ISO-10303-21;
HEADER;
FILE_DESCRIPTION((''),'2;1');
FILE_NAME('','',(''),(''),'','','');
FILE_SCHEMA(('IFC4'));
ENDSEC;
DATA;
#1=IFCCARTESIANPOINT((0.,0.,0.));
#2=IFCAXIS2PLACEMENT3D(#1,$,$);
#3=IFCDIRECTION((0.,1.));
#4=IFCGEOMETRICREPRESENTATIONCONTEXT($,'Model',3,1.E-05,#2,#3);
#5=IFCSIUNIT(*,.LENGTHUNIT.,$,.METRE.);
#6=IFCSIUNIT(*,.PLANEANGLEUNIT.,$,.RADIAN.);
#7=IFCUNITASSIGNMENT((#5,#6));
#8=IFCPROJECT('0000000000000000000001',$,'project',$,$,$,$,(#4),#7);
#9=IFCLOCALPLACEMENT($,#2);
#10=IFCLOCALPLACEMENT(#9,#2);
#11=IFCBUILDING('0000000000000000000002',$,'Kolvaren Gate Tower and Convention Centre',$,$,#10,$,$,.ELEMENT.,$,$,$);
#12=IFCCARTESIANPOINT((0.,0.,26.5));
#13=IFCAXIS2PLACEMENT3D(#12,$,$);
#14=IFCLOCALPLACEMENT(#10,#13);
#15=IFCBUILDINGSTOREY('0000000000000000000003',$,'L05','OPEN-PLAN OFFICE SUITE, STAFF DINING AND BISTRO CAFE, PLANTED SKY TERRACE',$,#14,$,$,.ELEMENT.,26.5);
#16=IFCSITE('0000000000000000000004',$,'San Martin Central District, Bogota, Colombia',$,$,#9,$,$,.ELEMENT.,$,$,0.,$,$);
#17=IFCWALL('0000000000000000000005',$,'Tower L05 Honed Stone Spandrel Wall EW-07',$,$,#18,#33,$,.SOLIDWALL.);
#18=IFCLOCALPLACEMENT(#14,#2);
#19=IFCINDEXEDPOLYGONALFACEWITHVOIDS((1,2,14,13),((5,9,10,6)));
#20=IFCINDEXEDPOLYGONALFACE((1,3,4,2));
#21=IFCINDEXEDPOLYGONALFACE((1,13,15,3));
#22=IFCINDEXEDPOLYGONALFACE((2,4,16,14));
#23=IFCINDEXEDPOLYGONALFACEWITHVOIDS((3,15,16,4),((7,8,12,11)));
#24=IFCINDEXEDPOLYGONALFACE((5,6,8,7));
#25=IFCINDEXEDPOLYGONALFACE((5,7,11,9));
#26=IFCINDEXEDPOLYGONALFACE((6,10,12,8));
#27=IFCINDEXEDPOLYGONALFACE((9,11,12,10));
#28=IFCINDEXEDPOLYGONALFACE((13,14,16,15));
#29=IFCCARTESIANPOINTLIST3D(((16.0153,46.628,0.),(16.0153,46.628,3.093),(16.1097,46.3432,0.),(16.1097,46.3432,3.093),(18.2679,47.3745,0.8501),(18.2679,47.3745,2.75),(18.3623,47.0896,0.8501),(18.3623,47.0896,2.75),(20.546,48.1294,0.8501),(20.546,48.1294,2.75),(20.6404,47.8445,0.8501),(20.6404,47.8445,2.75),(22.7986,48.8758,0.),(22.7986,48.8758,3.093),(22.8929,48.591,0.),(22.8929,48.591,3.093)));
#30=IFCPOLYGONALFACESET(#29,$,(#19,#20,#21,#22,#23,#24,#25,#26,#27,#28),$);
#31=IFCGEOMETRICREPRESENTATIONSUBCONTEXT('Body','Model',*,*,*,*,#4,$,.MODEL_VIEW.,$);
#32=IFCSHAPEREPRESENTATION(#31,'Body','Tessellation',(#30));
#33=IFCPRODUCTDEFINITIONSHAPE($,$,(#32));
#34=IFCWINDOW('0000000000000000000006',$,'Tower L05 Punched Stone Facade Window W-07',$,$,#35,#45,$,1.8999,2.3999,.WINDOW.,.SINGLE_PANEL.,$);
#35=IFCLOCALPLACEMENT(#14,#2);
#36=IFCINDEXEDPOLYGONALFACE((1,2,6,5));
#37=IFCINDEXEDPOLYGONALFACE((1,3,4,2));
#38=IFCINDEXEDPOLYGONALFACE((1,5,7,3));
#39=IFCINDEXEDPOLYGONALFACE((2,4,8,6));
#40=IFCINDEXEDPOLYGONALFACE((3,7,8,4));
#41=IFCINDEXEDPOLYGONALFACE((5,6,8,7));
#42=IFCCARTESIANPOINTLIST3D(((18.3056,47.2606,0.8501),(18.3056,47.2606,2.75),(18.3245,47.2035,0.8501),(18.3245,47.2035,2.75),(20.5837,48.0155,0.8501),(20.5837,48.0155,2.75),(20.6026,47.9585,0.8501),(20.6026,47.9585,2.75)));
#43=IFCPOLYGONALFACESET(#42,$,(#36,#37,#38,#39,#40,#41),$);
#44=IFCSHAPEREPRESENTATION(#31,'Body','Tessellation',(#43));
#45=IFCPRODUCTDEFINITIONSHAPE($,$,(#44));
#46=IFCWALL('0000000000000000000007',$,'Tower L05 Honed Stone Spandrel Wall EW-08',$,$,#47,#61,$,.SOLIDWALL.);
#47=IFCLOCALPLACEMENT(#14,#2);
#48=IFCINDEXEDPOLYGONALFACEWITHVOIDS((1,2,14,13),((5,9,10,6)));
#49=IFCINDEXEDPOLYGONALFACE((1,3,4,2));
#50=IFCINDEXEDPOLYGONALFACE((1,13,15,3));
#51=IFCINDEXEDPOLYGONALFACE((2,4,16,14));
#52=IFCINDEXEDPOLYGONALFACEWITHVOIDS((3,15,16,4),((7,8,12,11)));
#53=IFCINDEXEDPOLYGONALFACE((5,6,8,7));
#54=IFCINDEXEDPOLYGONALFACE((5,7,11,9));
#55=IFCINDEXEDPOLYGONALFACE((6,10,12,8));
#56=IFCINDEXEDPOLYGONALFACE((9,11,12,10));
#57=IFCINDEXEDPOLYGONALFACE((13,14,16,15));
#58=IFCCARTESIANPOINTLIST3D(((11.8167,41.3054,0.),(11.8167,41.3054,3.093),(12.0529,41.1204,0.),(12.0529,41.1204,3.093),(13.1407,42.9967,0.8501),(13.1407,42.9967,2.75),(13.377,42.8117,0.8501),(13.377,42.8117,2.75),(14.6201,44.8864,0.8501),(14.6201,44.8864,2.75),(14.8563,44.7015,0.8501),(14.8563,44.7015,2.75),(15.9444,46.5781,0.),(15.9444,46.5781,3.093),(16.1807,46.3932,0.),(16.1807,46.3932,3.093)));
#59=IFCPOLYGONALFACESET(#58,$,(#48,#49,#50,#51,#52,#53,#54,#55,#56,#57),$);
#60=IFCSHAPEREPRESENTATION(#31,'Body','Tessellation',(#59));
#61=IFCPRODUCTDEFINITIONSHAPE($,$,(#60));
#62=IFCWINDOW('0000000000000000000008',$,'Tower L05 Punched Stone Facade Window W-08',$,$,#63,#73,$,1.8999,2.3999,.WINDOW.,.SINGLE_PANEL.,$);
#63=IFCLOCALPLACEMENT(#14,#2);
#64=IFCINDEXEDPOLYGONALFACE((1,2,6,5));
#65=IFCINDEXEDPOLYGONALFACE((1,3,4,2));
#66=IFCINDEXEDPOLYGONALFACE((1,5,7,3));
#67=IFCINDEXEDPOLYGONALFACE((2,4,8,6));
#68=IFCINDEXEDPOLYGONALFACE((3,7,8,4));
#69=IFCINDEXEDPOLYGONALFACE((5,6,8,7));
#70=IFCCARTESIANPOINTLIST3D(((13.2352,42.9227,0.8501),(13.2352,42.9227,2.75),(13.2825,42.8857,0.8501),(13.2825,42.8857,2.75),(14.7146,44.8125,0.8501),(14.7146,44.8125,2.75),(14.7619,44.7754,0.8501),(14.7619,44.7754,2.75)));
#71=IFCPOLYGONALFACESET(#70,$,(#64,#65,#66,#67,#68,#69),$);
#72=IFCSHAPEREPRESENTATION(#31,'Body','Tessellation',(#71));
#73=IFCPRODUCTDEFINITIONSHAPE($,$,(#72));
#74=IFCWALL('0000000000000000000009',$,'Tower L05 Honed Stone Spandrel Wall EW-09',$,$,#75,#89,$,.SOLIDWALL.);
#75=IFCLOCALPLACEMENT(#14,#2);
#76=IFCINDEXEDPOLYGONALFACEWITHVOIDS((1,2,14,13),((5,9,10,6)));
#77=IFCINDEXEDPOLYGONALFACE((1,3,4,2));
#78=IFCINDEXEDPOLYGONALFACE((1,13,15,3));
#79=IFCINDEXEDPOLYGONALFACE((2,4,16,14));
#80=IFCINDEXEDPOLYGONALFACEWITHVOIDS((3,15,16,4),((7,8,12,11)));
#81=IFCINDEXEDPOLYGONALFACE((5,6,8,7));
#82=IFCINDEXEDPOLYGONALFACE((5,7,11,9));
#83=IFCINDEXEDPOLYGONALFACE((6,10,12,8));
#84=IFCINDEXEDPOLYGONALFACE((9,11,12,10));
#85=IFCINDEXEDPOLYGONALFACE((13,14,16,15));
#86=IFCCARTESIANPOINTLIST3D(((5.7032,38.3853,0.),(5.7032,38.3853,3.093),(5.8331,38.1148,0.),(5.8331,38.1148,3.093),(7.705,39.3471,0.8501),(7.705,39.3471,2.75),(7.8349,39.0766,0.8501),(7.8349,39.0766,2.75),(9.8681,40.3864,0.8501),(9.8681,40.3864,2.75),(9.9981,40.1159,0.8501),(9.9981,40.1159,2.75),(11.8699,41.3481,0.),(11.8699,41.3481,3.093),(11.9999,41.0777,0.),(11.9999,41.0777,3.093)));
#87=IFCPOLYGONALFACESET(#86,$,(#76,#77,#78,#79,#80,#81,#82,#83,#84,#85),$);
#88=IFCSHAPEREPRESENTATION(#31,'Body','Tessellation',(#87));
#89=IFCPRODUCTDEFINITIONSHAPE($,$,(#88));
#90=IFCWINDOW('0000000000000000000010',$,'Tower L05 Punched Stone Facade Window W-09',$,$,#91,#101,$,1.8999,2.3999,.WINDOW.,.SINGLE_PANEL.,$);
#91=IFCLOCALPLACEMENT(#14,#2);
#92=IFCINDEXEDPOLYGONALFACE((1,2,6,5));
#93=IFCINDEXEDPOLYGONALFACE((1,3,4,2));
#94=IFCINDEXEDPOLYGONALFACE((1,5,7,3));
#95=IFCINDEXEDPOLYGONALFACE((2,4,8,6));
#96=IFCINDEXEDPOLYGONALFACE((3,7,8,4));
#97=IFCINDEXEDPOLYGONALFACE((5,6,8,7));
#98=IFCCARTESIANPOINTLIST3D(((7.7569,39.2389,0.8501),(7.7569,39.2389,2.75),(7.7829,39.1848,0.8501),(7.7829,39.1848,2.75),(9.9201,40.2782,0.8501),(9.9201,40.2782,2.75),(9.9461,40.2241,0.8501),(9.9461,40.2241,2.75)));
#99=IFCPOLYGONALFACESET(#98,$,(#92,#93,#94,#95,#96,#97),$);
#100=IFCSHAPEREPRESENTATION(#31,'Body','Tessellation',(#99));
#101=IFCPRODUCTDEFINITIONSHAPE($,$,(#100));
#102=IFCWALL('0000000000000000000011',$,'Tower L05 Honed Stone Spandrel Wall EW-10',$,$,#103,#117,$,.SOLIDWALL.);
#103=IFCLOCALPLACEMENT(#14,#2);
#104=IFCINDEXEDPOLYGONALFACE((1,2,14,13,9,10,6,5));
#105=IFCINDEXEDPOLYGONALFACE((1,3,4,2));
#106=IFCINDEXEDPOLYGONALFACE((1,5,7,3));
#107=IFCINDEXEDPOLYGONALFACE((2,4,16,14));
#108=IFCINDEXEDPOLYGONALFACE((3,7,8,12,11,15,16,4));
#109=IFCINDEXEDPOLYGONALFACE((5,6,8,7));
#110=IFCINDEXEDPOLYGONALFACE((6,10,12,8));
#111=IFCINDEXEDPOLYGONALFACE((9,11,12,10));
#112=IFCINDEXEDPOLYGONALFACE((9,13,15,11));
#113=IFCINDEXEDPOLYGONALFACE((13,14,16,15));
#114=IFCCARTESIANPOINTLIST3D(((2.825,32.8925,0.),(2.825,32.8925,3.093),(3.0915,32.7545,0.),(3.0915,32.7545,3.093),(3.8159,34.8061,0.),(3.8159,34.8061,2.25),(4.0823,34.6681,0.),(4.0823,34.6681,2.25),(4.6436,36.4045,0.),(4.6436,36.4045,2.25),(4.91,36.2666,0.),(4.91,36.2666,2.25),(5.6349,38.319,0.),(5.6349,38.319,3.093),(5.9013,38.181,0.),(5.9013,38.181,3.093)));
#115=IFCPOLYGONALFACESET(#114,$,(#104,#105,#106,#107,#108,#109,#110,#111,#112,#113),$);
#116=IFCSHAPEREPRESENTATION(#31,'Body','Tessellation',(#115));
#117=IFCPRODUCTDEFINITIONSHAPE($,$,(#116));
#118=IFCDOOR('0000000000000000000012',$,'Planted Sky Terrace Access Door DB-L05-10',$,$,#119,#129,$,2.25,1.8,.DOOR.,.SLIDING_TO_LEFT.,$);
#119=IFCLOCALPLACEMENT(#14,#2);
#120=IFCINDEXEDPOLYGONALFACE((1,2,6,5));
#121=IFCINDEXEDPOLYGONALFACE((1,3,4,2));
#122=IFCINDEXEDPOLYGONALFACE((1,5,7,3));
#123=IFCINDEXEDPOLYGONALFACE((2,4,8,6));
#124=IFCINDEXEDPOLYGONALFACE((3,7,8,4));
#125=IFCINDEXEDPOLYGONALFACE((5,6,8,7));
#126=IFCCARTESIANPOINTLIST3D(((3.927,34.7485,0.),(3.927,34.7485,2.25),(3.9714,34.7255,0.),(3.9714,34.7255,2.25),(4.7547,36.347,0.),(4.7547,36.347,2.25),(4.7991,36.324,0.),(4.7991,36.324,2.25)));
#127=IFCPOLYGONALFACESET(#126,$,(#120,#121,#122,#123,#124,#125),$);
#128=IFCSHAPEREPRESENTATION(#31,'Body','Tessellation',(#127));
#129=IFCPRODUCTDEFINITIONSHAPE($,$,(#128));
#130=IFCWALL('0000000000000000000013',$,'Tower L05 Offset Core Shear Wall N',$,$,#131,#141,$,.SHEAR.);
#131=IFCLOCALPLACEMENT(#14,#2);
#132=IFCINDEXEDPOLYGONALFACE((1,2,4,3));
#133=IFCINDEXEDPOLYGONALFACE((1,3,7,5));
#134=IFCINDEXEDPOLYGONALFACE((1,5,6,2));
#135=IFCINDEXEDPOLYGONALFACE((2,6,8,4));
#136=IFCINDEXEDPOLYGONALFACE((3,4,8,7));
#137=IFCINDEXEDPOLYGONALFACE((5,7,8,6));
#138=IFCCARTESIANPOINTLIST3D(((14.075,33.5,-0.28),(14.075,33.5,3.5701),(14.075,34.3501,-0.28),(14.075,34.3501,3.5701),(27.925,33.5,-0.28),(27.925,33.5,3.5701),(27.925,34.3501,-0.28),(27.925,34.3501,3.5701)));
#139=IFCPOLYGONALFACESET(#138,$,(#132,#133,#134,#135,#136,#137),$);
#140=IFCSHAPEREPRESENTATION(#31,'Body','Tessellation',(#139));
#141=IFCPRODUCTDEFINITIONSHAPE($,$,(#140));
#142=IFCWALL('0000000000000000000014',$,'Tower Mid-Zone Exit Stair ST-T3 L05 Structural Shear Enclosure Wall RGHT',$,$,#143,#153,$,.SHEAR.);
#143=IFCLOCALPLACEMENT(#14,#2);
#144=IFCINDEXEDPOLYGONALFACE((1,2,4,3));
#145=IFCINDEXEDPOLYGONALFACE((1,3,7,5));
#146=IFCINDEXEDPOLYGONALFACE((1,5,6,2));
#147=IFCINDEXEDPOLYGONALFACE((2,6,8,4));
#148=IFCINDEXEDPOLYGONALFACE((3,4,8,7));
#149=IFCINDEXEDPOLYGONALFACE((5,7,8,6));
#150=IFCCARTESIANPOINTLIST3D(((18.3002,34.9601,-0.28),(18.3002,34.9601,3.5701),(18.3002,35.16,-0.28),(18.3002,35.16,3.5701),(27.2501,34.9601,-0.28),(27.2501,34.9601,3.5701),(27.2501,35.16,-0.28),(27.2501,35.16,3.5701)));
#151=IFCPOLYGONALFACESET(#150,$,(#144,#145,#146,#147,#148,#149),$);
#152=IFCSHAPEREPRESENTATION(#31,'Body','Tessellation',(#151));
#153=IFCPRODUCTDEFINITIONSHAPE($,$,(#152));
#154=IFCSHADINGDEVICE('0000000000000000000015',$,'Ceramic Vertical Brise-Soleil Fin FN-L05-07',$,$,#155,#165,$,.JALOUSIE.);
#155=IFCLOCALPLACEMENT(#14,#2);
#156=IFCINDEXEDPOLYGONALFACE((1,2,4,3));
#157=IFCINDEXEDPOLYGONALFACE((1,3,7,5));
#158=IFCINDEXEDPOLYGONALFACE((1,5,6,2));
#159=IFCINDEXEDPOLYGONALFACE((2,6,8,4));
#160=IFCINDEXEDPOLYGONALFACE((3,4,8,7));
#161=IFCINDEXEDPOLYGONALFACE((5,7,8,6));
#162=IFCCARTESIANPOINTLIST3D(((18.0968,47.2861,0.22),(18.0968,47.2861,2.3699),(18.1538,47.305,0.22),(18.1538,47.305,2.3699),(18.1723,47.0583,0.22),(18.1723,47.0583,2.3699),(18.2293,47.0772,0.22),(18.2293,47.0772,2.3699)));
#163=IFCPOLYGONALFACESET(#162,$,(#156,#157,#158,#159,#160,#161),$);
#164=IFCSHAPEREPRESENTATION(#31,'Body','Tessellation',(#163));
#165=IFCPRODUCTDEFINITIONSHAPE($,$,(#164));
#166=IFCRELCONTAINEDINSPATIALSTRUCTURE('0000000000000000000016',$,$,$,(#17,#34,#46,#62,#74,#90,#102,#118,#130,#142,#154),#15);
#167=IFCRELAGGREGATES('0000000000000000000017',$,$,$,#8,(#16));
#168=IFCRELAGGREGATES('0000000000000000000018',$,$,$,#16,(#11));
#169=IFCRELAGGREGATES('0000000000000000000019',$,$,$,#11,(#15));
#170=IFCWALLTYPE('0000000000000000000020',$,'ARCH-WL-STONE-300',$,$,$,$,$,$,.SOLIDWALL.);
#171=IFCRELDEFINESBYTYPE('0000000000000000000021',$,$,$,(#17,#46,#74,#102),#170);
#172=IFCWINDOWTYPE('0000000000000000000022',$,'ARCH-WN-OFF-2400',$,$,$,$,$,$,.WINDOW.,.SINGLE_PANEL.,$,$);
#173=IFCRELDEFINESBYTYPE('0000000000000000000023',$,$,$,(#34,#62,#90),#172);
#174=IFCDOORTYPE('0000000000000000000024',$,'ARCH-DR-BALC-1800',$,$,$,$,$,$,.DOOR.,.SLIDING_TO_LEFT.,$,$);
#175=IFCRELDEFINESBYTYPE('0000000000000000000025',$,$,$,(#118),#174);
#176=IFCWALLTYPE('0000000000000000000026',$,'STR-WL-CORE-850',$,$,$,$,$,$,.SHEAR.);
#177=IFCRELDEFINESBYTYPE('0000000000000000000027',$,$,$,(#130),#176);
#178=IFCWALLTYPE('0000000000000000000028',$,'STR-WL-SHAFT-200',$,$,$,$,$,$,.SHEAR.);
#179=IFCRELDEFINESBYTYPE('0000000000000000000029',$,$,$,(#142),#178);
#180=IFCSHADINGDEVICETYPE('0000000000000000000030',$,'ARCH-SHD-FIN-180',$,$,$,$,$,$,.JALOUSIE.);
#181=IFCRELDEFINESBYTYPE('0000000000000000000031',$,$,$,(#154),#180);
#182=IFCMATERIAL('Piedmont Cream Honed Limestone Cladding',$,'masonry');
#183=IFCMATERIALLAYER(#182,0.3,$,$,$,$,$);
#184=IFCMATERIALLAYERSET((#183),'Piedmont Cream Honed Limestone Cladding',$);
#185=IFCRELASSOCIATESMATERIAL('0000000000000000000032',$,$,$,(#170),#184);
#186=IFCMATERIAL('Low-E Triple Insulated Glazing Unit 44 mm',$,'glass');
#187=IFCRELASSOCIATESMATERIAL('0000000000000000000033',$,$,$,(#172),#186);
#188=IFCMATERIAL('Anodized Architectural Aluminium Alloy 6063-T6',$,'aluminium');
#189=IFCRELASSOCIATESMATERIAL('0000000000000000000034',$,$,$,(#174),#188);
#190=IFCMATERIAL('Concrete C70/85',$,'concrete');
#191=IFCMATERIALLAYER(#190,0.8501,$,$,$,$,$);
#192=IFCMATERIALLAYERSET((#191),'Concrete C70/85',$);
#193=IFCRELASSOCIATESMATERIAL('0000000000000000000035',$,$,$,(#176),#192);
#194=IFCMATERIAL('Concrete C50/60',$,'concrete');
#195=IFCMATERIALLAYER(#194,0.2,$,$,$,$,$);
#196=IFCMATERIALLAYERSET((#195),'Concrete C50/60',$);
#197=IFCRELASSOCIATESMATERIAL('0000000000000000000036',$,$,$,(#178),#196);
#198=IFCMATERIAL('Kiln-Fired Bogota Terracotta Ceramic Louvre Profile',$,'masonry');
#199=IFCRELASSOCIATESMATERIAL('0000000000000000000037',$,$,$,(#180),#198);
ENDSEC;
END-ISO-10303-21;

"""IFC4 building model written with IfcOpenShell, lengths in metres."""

from ifc_helpers import new_model, si_unit, direction, frame, frame_2d, origin, origin_2d, place, context, subcontext, project, spatial, rectangle, extrude, material, layer, layer_set, type_object, element, fill, save


model = new_model("IFC4")

# Units and contexts
model_context = context("Model", 3, precision=1e-05, world=origin(), true_north=direction((0.0, 1.0)))
body_context = subcontext(model_context, "Body", "Model", "MODEL_VIEW")
ifc_project = project(units=[si_unit("LENGTHUNIT", "METRE"), si_unit("PLANEANGLEUNIT", "RADIAN")], contexts=[model_context])

# Site, building, storey
site_placement = place(None, origin())
site = spatial("IfcSite", under=ifc_project, at=site_placement, Name="San Martin Central District, Bogota, Colombia", CompositionType="ELEMENT", RefElevation=0.0)
building_placement = place(site_placement, origin())
building = spatial("IfcBuilding", under=site, at=building_placement, Name="Kolvaren Gate Tower and Convention Centre", CompositionType="ELEMENT")
storey_placement = place(building_placement, frame((0.0, 0.0, 26.5)))
storey = spatial("IfcBuildingStorey", under=building, at=storey_placement, Name="L05", Description="OPEN-PLAN OFFICE SUITE, STAFF DINING AND BISTRO CAFE, PLANTED SKY TERRACE", CompositionType="ELEMENT", Elevation=26.5)

# Shared definitions
ifc_material_1 = material(Name="Concrete C70/85", Category="concrete")

# Shared definitions
ifc_material_2 = material(Name="Piedmont Cream Honed Limestone Cladding", Category="masonry")

# Walls, openings, windows
ifc_layer_1 = layer(ifc_material_2, 0.3)
ifc_layer_set_1 = layer_set([ifc_layer_1], Name="Piedmont Cream Honed Limestone Cladding")
wall_type_1 = type_object("IfcWallType", Name="ARCH-WL-STONE-300", PredefinedType="SOLIDWALL", material=ifc_layer_set_1)
wall_1_placement = place(storey_placement, frame((16.0625, 46.4856, 0.0), z_axis=(0.0, 0.0, 1.0), x_axis=(0.949239, 0.314557, 0.0)))
wall_1 = element("IfcWall", 1, at=wall_1_placement, inside=storey, type_object=wall_type_1, Name="Tower L05 Honed Stone Spandrel Wall EW-07", PredefinedType="SOLIDWALL", context=body_context, shape_type="SweptSolid", body=[
    extrude(rectangle(XDim=7.146, YDim=0.3, at=frame_2d((3.573, 0.0))), origin(), (0.0, 0.0, 1.0), 3.093),
])
opening_1_placement = place(wall_1_placement, frame((2.373, 0.0, 0.8501)))
opening_1 = element("IfcOpeningElement", 2, at=opening_1_placement, cuts=wall_1, PredefinedType="OPENING", context=body_context, shape_type="SweptSolid", body=[
    extrude(rectangle(XDim=2.3999, YDim=1.8999, at=frame_2d((1.2, 0.95))), frame((0.0, 0.1599, 0.0), z_axis=(0.0, -1.0, 0.0), x_axis=(1.0, 0.0, 0.0)), (0.0, 0.0, 1.0), 0.3201),
])
ifc_material_3 = material(Name="Low-E Triple Insulated Glazing Unit 44 mm", Category="glass")
window_type = type_object("IfcWindowType", Name="ARCH-WN-OFF-2400", PartitioningType="SINGLE_PANEL", PredefinedType="WINDOW", material=ifc_material_3)
window_1_placement = place(opening_1_placement, origin())
window_1 = element("IfcWindow", 3, at=window_1_placement, inside=storey, type_object=window_type, Name="Tower L05 Punched Stone Facade Window W-07", OverallHeight=1.8999, OverallWidth=2.3999, PartitioningType="SINGLE_PANEL", PredefinedType="WINDOW", context=body_context, shape_type="SweptSolid", body=[
    extrude(rectangle(XDim=2.3999, YDim=1.8999, at=frame_2d((1.2, 0.95))), frame((0.0, 0.03, 0.0), z_axis=(0.0, -1.0, 0.0), x_axis=(1.0, 0.0, 0.0)), (0.0, 0.0, 1.0), 0.0601),
])
fill(opening_1, window_1)
wall_2_placement = place(storey_placement, frame((11.9348, 41.2129, 0.0), z_axis=(0.0, 0.0, 1.0), x_axis=(0.616421, 0.787417, 0.0)))
wall_2 = element("IfcWall", 4, at=wall_2_placement, inside=storey, type_object=wall_type_1, Name="Tower L05 Honed Stone Spandrel Wall EW-08", PredefinedType="SOLIDWALL", context=body_context, shape_type="SweptSolid", body=[
    extrude(rectangle(XDim=6.6963, YDim=0.3, at=frame_2d((3.3481, 0.0))), origin(), (0.0, 0.0, 1.0), 3.093),
])
opening_2_placement = place(wall_2_placement, frame((2.1479, 0.0, 0.8501)))
opening_2 = element("IfcOpeningElement", 5, at=opening_2_placement, cuts=wall_2, PredefinedType="OPENING", context=body_context, shape_type="SweptSolid", body=[
    extrude(rectangle(XDim=2.3999, YDim=1.8999, at=frame_2d((1.2, 0.95))), frame((0.0, 0.1599, 0.0), z_axis=(0.0, -1.0, 0.0), x_axis=(1.0, 0.0, 0.0)), (0.0, 0.0, 1.0), 0.3201),
])
window_2_placement = place(opening_2_placement, origin())
window_2 = element("IfcWindow", 6, at=window_2_placement, inside=storey, type_object=window_type, Name="Tower L05 Punched Stone Facade Window W-08", OverallHeight=1.8999, OverallWidth=2.3999, PartitioningType="SINGLE_PANEL", PredefinedType="WINDOW", context=body_context, shape_type="SweptSolid", body=[
    extrude(rectangle(XDim=2.3999, YDim=1.8999, at=frame_2d((1.2, 0.95))), frame((0.0, 0.03, 0.0), z_axis=(0.0, -1.0, 0.0), x_axis=(1.0, 0.0, 0.0)), (0.0, 0.0, 1.0), 0.0601),
])
fill(opening_2, window_2)
wall_3_placement = place(storey_placement, frame((5.7681, 38.25, 0.0), z_axis=(0.0, 0.0, 1.0), x_axis=(0.90136, 0.43307, 0.0)))
wall_3 = element("IfcWall", 7, at=wall_3_placement, inside=storey, type_object=wall_type_1, Name="Tower L05 Honed Stone Spandrel Wall EW-09", PredefinedType="SOLIDWALL", context=body_context, shape_type="SweptSolid", body=[
    extrude(rectangle(XDim=6.8416, YDim=0.3, at=frame_2d((3.4209, 0.0))), origin(), (0.0, 0.0, 1.0), 3.093),
])
opening_3_placement = place(wall_3_placement, frame((2.2209, 0.0, 0.8501)))
opening_3 = element("IfcOpeningElement", 8, at=opening_3_placement, cuts=wall_3, PredefinedType="OPENING", context=body_context, shape_type="SweptSolid", body=[
    extrude(rectangle(XDim=2.3999, YDim=1.8999, at=frame_2d((1.2, 0.95))), frame((0.0, 0.1599, 0.0), z_axis=(0.0, -1.0, 0.0), x_axis=(1.0, 0.0, 0.0)), (0.0, 0.0, 1.0), 0.3201),
])
window_3_placement = place(opening_3_placement, origin())
window_3 = element("IfcWindow", 9, at=window_3_placement, inside=storey, type_object=window_type, Name="Tower L05 Punched Stone Facade Window W-09", OverallHeight=1.8999, OverallWidth=2.3999, PartitioningType="SINGLE_PANEL", PredefinedType="WINDOW", context=body_context, shape_type="SweptSolid", body=[
    extrude(rectangle(XDim=2.3999, YDim=1.8999, at=frame_2d((1.2, 0.95))), frame((0.0, 0.03, 0.0), z_axis=(0.0, -1.0, 0.0), x_axis=(1.0, 0.0, 0.0)), (0.0, 0.0, 1.0), 0.0601),
])
fill(opening_3, window_3)

# Wall, opening, door
wall_4_placement = place(storey_placement, frame((2.9583, 32.8235, 0.0), z_axis=(0.0, 0.0, 1.0), x_axis=(0.45981, 0.888017, 0.0)))
wall_4 = element("IfcWall", 10, at=wall_4_placement, inside=storey, type_object=wall_type_1, Name="Tower L05 Honed Stone Spandrel Wall EW-10", PredefinedType="SOLIDWALL", context=body_context, shape_type="SweptSolid", body=[
    extrude(rectangle(XDim=6.1108, YDim=0.3, at=frame_2d((3.0554, 0.0))), origin(), (0.0, 0.0, 1.0), 3.093),
])
opening_4_placement = place(wall_4_placement, frame((2.155, 0.0, 0.0)))
opening_4 = element("IfcOpeningElement", 11, at=opening_4_placement, cuts=wall_4, PredefinedType="OPENING", context=body_context, shape_type="SweptSolid", body=[
    extrude(rectangle(XDim=1.8, YDim=2.25, at=frame_2d((0.8999, 1.125))), frame((0.0, 0.1599, 0.0), z_axis=(0.0, -1.0, 0.0), x_axis=(1.0, 0.0, 0.0)), (0.0, 0.0, 1.0), 0.3201),
])
ifc_material_4 = material(Name="Anodized Architectural Aluminium Alloy 6063-T6", Category="aluminium")
door_type = type_object("IfcDoorType", Name="ARCH-DR-BALC-1800", OperationType="SLIDING_TO_LEFT", PredefinedType="DOOR", material=ifc_material_4)
door_placement = place(opening_4_placement, origin())
door = element("IfcDoor", 12, at=door_placement, inside=storey, type_object=door_type, Name="Planted Sky Terrace Access Door DB-L05-10", OperationType="SLIDING_TO_LEFT", OverallHeight=2.25, OverallWidth=1.8, PredefinedType="DOOR", context=body_context, shape_type="SweptSolid", body=[
    extrude(rectangle(XDim=1.8, YDim=2.25, at=frame_2d((0.8999, 1.125))), frame((0.0, 0.0249, 0.0), z_axis=(0.0, -1.0, 0.0), x_axis=(1.0, 0.0, 0.0)), (0.0, 0.0, 1.0), 0.05),
])
fill(opening_4, door)

# Walls
ifc_layer_2 = layer(ifc_material_1, 0.8501)
ifc_layer_set_2 = layer_set([ifc_layer_2], Name="Concrete C70/85")
wall_type_2 = type_object("IfcWallType", Name="STR-WL-CORE-850", PredefinedType="SHEAR", material=ifc_layer_set_2)
wall_5_placement = place(storey_placement, frame((14.075, 33.925, -0.28), z_axis=(0.0, 0.0, 1.0), x_axis=(1.0, 0.0, 0.0)))
element("IfcWall", 13, at=wall_5_placement, inside=storey, type_object=wall_type_2, Name="Tower L05 Offset Core Shear Wall N", PredefinedType="SHEAR", context=body_context, shape_type="SweptSolid", body=[
    extrude(rectangle(XDim=13.8501, YDim=0.8501, at=frame_2d((6.925, 0.0))), origin(), (0.0, 0.0, 1.0), 3.8501),
])
ifc_material_5 = material(Name="Concrete C50/60", Category="concrete")
ifc_layer_3 = layer(ifc_material_5, 0.2)
ifc_layer_set_3 = layer_set([ifc_layer_3], Name="Concrete C50/60")
wall_type_3 = type_object("IfcWallType", Name="STR-WL-SHAFT-200", PredefinedType="SHEAR", material=ifc_layer_set_3)
wall_6_placement = place(storey_placement, frame((18.3, 35.0601, -0.28), z_axis=(0.0, 0.0, 1.0), x_axis=(1.0, 0.0, 0.0)))
element("IfcWall", 14, at=wall_6_placement, inside=storey, type_object=wall_type_3, Name="Tower Mid-Zone Exit Stair ST-T3 L05 Structural Shear Enclosure Wall RGHT", PredefinedType="SHEAR", context=body_context, shape_type="SweptSolid", body=[
    extrude(rectangle(XDim=8.95, YDim=0.2, at=frame_2d((4.4751, 0.0))), origin(), (0.0, 0.0, 1.0), 3.8501),
])

# Shading device
ifc_material_6 = material(Name="Kiln-Fired Bogota Terracotta Ceramic Louvre Profile", Category="masonry")
shading_device_type = type_object("IfcShadingDeviceType", Name="ARCH-SHD-FIN-180", PredefinedType="JALOUSIE", material=ifc_material_6)
shading_device_placement = place(storey_placement, frame((18.1631, 47.1816, 0.22), z_axis=(0.0, 0.0, 1.0), x_axis=(0.949243, 0.314544, 0.0)))
element("IfcShadingDevice", 15, at=shading_device_placement, inside=storey, type_object=shading_device_type, Name="Ceramic Vertical Brise-Soleil Fin FN-L05-07", PredefinedType="JALOUSIE", context=body_context, shape_type="SweptSolid", body=[
    extrude(rectangle(XDim=0.0601, YDim=0.24, at=origin_2d()), origin(), (0.0, 0.0, 1.0), 2.1499),
])

save(model, "model.ifc")
